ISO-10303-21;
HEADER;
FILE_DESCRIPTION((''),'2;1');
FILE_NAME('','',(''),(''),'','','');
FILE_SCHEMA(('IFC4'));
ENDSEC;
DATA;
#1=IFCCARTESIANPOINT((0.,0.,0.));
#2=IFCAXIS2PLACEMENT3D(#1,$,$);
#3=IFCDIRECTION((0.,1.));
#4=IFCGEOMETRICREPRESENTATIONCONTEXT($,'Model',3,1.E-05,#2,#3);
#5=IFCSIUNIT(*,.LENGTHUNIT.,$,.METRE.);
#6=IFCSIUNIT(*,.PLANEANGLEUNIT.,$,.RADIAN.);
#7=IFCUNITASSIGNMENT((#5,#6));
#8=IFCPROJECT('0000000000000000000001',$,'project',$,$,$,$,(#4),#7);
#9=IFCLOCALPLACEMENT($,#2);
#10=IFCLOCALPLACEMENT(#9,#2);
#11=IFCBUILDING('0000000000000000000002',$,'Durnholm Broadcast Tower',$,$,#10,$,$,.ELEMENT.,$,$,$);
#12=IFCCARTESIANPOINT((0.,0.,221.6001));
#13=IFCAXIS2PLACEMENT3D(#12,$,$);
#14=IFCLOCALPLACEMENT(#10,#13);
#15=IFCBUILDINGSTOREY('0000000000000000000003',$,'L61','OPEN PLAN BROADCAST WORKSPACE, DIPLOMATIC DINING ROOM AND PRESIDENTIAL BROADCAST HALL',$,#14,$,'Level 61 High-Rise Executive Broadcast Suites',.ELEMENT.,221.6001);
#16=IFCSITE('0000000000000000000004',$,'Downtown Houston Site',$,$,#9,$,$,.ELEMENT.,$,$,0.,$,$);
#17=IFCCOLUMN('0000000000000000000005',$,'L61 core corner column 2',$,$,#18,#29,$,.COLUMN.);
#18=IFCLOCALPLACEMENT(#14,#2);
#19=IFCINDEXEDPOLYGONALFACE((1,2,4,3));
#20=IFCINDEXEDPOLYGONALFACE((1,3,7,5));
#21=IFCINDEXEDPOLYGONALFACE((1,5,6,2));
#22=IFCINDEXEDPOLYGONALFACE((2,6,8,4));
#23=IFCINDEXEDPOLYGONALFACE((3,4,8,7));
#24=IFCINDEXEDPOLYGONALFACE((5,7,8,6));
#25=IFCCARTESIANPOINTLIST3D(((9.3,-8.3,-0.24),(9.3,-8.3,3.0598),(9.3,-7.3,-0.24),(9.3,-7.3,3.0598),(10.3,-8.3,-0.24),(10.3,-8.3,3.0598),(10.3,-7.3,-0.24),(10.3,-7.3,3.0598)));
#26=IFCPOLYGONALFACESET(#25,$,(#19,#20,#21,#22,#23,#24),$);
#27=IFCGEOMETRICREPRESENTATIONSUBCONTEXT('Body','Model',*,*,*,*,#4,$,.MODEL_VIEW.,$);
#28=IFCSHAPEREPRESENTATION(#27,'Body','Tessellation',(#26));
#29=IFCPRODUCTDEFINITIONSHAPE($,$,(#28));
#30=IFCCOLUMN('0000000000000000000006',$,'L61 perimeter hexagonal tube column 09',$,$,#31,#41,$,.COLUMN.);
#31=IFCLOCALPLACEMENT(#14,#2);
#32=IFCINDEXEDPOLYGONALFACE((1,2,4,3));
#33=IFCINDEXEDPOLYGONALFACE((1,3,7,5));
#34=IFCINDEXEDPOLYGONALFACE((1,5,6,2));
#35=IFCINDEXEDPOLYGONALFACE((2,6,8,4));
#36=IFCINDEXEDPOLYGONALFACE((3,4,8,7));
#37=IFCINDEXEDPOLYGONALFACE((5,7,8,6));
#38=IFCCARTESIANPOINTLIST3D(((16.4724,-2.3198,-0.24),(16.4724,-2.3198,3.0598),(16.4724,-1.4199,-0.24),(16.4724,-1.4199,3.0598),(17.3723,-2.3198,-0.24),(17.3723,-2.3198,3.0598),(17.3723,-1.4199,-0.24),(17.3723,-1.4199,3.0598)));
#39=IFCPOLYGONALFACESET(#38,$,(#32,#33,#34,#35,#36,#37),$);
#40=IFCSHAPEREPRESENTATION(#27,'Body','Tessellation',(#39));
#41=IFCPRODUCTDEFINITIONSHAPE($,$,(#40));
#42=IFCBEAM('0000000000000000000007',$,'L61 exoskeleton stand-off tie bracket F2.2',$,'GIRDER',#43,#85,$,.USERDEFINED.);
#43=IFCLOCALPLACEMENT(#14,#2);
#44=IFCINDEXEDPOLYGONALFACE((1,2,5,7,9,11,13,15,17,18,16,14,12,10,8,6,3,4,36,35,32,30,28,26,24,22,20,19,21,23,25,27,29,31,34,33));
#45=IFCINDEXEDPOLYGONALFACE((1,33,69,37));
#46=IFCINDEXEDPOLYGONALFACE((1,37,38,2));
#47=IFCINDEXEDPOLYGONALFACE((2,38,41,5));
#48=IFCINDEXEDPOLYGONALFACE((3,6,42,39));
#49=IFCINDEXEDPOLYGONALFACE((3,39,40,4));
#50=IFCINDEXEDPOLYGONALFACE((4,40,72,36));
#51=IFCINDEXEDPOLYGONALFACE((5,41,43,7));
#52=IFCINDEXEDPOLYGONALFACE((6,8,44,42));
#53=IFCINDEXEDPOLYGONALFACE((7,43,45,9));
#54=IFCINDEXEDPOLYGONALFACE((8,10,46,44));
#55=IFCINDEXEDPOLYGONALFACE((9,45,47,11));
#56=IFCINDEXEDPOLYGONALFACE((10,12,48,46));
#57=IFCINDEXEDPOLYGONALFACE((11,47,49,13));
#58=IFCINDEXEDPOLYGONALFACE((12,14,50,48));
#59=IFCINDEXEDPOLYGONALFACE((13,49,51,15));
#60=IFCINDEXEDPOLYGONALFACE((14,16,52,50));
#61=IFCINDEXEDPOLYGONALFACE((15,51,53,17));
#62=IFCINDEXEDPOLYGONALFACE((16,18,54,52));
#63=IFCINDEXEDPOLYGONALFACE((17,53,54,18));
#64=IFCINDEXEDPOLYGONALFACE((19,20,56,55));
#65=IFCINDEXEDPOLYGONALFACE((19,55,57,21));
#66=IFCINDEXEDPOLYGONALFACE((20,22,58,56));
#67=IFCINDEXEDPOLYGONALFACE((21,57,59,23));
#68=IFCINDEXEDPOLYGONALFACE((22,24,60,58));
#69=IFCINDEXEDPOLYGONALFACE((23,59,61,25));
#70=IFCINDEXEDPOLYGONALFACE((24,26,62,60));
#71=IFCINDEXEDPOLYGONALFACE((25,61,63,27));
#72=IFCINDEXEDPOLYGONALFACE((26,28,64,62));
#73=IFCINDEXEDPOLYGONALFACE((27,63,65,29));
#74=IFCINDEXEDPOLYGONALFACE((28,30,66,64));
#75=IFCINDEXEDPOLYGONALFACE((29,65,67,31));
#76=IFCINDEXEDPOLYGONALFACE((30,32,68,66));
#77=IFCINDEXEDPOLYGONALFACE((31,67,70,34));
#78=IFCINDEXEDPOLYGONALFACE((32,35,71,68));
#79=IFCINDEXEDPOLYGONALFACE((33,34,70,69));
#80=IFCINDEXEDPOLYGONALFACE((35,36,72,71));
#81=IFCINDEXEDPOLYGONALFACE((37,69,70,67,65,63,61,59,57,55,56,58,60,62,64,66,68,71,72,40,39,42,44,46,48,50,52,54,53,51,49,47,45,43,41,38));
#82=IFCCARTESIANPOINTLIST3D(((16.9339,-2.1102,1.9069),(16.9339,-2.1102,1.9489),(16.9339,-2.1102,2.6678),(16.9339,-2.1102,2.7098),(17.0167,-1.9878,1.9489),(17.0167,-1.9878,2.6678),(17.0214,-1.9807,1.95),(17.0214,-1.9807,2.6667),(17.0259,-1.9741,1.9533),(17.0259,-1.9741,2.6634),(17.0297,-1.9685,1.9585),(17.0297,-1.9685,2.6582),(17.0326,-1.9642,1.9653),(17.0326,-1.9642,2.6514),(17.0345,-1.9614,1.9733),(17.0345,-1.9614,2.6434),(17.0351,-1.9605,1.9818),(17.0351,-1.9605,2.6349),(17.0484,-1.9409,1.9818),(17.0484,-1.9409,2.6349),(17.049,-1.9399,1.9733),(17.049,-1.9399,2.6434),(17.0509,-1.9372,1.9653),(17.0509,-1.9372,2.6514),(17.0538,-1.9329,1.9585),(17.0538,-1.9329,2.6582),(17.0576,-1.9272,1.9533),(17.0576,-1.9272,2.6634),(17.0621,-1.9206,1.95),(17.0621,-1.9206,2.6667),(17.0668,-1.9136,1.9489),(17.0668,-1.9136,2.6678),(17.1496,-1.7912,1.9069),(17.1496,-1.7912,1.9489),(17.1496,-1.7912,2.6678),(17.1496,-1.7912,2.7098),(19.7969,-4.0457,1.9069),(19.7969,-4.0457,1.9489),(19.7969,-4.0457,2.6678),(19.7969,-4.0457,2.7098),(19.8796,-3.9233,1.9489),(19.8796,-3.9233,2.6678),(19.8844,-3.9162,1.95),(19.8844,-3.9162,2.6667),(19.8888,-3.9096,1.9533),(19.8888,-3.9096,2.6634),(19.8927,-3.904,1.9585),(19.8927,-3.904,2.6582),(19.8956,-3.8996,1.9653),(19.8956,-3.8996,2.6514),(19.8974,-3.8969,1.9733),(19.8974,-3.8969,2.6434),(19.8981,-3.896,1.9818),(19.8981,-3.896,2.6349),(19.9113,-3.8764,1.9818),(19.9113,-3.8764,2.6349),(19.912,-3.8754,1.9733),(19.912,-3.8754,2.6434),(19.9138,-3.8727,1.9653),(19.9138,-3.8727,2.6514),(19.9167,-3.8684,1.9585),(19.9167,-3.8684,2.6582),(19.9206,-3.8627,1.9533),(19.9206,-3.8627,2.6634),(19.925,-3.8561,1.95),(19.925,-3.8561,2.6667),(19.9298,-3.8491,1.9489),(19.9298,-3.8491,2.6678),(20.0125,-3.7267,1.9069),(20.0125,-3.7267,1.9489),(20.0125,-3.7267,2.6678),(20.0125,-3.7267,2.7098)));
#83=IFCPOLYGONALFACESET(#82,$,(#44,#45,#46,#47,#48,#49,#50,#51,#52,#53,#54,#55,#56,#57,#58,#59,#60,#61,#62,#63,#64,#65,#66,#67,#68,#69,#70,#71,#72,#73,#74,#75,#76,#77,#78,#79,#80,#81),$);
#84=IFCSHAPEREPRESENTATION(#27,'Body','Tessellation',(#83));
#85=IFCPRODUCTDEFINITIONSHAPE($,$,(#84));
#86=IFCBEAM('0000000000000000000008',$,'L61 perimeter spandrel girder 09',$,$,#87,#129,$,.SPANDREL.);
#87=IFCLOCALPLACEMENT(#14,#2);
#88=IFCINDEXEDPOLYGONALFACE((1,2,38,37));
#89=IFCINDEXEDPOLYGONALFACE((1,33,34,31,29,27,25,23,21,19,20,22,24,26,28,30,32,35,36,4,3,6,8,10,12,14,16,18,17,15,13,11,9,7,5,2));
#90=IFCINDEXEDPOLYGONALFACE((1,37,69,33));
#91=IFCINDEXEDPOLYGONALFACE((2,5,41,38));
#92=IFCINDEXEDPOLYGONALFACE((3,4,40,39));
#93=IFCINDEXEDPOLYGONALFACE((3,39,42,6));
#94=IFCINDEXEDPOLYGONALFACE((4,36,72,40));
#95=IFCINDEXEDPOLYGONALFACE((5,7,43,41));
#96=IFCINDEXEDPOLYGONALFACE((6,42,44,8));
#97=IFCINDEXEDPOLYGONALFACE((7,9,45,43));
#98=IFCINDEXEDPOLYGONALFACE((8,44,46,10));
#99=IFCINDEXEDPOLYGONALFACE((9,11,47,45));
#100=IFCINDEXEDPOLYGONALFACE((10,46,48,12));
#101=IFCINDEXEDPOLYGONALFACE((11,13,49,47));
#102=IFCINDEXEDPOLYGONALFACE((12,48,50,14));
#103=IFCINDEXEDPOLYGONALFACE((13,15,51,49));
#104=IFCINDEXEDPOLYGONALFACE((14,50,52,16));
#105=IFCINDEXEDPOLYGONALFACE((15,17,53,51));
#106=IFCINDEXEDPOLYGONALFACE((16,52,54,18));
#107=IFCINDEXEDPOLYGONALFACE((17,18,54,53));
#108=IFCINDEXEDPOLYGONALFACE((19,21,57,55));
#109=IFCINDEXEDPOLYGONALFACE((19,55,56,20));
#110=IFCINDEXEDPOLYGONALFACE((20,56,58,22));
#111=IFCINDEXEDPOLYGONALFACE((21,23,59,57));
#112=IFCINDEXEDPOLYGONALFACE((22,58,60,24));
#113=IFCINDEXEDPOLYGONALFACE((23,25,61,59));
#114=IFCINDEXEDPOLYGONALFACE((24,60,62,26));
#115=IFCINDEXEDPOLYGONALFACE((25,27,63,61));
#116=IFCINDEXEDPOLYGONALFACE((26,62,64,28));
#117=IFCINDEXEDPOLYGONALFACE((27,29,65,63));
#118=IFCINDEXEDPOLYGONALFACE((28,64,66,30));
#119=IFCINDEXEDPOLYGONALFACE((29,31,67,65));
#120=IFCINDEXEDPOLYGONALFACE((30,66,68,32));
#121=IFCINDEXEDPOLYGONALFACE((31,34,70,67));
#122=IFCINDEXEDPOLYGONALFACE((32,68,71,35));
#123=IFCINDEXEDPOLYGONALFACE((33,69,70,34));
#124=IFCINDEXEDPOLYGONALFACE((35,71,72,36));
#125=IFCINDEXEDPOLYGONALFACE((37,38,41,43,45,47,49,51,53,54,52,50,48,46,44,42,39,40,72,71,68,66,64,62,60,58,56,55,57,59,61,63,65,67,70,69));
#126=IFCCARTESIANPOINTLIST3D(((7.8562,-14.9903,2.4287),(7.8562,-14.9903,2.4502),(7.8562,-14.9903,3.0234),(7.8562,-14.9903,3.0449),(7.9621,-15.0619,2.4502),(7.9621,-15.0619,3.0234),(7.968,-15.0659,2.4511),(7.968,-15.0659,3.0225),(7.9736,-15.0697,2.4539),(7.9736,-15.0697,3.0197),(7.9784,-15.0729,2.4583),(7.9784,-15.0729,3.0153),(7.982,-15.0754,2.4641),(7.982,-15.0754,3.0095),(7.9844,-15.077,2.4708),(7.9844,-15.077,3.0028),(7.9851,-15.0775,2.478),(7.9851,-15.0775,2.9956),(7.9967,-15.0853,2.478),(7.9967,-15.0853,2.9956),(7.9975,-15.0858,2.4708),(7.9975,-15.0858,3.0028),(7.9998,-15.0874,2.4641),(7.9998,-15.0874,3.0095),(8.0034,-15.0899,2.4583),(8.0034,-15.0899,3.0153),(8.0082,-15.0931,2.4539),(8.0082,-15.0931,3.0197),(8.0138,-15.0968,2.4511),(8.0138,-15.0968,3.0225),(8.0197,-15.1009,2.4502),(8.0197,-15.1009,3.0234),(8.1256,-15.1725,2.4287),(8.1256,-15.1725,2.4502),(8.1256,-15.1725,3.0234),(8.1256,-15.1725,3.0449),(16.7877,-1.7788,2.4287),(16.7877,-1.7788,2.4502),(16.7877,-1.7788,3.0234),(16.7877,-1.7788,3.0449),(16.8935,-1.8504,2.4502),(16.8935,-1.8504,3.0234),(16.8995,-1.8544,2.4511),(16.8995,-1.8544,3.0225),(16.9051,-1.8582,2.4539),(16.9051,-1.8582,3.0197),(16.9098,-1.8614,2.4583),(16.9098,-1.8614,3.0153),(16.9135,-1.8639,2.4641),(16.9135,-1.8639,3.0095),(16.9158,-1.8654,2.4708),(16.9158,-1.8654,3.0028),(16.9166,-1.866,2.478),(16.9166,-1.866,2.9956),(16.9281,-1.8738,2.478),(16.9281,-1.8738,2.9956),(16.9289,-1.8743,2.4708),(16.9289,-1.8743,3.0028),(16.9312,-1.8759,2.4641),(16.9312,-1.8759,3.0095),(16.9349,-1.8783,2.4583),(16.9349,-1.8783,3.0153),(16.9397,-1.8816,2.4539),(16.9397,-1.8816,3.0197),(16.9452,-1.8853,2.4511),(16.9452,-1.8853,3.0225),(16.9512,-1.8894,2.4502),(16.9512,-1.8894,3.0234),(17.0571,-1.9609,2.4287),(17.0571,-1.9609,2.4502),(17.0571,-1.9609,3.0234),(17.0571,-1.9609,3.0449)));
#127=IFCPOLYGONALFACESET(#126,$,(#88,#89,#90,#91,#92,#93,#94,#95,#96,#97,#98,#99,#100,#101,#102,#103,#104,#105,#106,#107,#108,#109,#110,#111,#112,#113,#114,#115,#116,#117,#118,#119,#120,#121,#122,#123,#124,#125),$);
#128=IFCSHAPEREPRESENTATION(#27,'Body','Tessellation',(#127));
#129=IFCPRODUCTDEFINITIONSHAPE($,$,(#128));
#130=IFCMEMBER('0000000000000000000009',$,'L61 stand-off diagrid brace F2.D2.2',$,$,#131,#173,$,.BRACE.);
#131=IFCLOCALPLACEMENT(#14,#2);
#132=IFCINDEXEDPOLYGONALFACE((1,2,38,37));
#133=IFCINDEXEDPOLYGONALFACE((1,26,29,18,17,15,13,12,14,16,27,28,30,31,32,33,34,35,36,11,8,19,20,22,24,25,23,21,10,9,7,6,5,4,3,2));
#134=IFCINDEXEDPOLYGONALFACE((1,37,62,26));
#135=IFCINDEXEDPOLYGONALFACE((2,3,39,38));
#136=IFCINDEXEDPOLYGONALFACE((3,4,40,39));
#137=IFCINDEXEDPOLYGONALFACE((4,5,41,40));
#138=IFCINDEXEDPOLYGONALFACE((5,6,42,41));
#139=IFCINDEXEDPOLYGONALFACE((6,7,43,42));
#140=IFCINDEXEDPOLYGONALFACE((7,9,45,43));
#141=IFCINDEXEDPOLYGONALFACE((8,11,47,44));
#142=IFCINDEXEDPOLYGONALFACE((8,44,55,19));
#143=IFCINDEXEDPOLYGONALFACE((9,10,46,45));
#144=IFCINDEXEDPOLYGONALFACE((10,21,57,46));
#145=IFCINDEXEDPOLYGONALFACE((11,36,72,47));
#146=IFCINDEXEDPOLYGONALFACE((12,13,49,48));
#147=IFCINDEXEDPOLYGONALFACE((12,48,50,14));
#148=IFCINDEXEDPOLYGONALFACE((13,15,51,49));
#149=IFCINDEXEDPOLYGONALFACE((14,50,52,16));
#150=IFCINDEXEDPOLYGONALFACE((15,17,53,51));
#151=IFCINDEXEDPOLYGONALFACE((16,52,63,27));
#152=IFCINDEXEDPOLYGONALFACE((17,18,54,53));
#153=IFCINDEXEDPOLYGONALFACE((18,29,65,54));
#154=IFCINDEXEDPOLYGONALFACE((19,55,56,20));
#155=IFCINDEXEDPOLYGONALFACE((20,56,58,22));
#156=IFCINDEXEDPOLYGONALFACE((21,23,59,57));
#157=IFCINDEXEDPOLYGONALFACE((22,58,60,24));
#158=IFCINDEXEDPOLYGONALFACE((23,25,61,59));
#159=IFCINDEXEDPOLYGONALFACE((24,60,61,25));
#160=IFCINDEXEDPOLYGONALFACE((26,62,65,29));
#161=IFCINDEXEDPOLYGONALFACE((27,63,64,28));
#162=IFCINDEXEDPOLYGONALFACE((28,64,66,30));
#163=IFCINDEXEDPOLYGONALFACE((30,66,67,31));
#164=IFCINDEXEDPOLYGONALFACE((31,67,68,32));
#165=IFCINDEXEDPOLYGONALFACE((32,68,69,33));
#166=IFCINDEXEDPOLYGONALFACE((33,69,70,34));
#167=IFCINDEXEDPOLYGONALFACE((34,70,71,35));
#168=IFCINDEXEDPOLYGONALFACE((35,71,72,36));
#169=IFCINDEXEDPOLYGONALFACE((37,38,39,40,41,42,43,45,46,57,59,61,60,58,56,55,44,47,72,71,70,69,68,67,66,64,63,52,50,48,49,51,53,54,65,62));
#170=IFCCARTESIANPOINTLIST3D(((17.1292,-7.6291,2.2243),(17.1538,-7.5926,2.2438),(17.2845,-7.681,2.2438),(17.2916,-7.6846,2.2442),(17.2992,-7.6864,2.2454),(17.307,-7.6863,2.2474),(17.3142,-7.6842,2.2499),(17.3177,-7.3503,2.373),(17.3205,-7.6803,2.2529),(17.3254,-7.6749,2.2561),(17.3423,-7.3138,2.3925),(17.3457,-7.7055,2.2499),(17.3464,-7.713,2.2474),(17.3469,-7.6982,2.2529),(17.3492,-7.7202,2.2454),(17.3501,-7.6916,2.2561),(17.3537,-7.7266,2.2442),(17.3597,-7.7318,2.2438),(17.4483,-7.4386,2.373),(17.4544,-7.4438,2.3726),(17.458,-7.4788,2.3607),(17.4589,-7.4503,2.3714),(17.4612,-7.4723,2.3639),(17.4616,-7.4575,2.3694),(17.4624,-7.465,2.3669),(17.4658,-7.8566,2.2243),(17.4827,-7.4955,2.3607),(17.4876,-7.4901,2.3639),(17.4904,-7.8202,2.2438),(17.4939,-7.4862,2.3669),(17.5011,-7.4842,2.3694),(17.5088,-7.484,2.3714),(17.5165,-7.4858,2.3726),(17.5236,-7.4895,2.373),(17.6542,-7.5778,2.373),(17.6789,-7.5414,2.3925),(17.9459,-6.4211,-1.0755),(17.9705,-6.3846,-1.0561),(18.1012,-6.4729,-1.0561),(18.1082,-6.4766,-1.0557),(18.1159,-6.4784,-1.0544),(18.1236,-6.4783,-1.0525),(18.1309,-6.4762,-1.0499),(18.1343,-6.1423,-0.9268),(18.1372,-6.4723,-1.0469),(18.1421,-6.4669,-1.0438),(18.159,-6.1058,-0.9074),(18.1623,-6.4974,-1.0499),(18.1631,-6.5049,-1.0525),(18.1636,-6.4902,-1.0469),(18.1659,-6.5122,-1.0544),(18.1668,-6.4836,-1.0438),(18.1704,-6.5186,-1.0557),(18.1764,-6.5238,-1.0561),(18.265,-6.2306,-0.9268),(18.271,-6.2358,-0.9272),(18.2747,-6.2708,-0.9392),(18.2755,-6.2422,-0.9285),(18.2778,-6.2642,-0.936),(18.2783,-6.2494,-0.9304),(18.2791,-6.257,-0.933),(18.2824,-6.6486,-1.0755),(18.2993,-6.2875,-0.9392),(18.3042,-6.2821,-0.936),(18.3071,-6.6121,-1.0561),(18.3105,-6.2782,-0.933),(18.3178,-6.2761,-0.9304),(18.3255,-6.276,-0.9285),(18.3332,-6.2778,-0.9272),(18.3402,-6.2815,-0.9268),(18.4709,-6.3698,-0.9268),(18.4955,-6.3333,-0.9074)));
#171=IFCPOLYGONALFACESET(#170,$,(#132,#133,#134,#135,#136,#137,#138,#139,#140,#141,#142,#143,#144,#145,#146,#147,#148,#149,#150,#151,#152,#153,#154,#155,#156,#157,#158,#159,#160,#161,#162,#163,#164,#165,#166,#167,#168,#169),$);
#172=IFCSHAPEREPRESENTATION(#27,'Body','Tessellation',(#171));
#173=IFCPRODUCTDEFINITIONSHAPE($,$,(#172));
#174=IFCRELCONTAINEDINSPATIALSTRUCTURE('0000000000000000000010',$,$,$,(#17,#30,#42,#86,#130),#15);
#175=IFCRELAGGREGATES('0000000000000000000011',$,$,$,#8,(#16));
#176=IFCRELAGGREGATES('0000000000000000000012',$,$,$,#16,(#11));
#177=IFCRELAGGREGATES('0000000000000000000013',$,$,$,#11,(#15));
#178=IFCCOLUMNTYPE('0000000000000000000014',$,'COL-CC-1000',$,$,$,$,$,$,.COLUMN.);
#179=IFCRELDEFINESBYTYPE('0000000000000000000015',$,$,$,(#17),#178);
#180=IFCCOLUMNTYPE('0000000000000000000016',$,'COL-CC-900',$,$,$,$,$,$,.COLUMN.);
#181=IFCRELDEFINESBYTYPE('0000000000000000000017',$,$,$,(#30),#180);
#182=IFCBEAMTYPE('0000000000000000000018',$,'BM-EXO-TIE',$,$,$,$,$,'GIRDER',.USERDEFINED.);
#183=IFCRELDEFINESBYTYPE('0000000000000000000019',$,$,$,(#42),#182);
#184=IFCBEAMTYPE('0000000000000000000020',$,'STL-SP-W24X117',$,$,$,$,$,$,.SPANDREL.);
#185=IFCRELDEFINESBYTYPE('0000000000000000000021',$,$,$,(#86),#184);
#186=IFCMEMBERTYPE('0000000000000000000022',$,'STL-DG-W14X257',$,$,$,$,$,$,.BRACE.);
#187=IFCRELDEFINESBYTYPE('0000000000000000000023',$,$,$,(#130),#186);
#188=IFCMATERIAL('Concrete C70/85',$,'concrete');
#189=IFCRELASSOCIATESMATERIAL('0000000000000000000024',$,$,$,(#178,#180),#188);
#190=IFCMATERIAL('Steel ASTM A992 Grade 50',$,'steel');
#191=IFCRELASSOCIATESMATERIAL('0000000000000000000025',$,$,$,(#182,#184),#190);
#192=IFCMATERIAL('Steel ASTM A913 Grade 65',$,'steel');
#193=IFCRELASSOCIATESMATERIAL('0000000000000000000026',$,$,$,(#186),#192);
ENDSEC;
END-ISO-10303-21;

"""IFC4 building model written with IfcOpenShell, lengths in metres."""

from ifc_helpers import new_model, si_unit, direction, frame, origin, origin_2d, place, context, subcontext, project, spatial, rectangle, i_section, extrude, source, transform, mapped, material, material_profile, profile_set, type_object, type_shapes, element, save


model = new_model("IFC4")

# Units and contexts
model_context = context("Model", 3, precision=1e-05, world=origin(), true_north=direction((0.0, 1.0)))
body_context = subcontext(model_context, "Body", "Model", "MODEL_VIEW")
ifc_project = project(units=[si_unit("LENGTHUNIT", "METRE"), si_unit("PLANEANGLEUNIT", "RADIAN")], contexts=[model_context])

# Site, building, storey
site_placement = place(None, origin())
site = spatial("IfcSite", under=ifc_project, at=site_placement, Name="Downtown Houston Site", CompositionType="ELEMENT", RefElevation=0.0)
building_placement = place(site_placement, origin())
building = spatial("IfcBuilding", under=site, at=building_placement, Name="Durnholm Broadcast Tower", CompositionType="ELEMENT")
storey_placement = place(building_placement, frame((0.0, 0.0, 221.6001)))
storey = spatial("IfcBuildingStorey", under=building, at=storey_placement, Name="L61", Description="OPEN PLAN BROADCAST WORKSPACE, DIPLOMATIC DINING ROOM AND PRESIDENTIAL BROADCAST HALL", LongName="Level 61 High-Rise Executive Broadcast Suites", CompositionType="ELEMENT", Elevation=221.6001)

# Columns
ifc_material_1 = material(Name="Concrete C70/85", Category="concrete")
ifc_material_profile_1 = material_profile(ifc_material_1, rectangle(XDim=1.0, YDim=1.0, at=origin_2d()), Name="RC1000X1000")
ifc_profile_set_1 = profile_set([ifc_material_profile_1], Name="Concrete C70/85")
column_type_1 = type_object("IfcColumnType", Name="COL-CC-1000", PredefinedType="COLUMN", material=ifc_profile_set_1)
shared_shape_1 = source(origin(), body_context, "Body", "SweptSolid", [
    extrude(rectangle(XDim=1.0, YDim=1.0, at=origin_2d()), origin(), (0.0, 0.0, 1.0), 3.2998),
])
type_shapes(column_type_1, [shared_shape_1])
column_1_placement = place(storey_placement, frame((9.8, -7.8, -0.24), z_axis=(0.0, 0.0, 1.0), x_axis=(1.0, 0.0, 0.0)))
element("IfcColumn", 1, at=column_1_placement, inside=storey, type_object=column_type_1, Name="L61 core corner column 2", PredefinedType="COLUMN", context=body_context, shape_type="MappedRepresentation", body=[
    mapped(shared_shape_1, transform((0.0, 0.0, 0.0), x_axis=(1.0, 0.0, 0.0), y_axis=(0.0, 1.0, 0.0), z_axis=(0.0, 0.0, 1.0), scale=1.0)),
])
ifc_material_profile_2 = material_profile(ifc_material_1, rectangle(XDim=0.8999, YDim=0.8999, at=origin_2d()), Name="RC900X900")
ifc_profile_set_2 = profile_set([ifc_material_profile_2], Name="Concrete C70/85")
column_type_2 = type_object("IfcColumnType", Name="COL-CC-900", PredefinedType="COLUMN", material=ifc_profile_set_2)
shared_shape_2 = source(origin(), body_context, "Body", "SweptSolid", [
    extrude(rectangle(XDim=0.8999, YDim=0.8999, at=origin_2d()), origin(), (0.0, 0.0, 1.0), 3.2998),
])
type_shapes(column_type_2, [shared_shape_2])
column_2_placement = place(storey_placement, frame((16.9224, -1.8699, -0.24), z_axis=(0.0, 0.0, 1.0), x_axis=(1.0, 0.0, 0.0)))
element("IfcColumn", 2, at=column_2_placement, inside=storey, type_object=column_type_2, Name="L61 perimeter hexagonal tube column 09", PredefinedType="COLUMN", context=body_context, shape_type="MappedRepresentation", body=[
    mapped(shared_shape_2, transform((0.0, 0.0, 0.0), x_axis=(1.0, 0.0, 0.0), y_axis=(0.0, 1.0, 0.0), z_axis=(0.0, 0.0, 1.0), scale=1.0)),
])

# Beams
ifc_material_2 = material(Name="Steel ASTM A992 Grade 50", Category="steel")
ifc_material_profile_3 = material_profile(ifc_material_2, i_section(OverallWidth=0.385, OverallDepth=0.803, WebThickness=0.0237, FlangeThickness=0.042, FilletRadius=0.033, at=origin_2d()), Name="W30X261")
ifc_profile_set_3 = profile_set([ifc_material_profile_3], Name="Steel ASTM A992 Grade 50")
beam_type_1 = type_object("IfcBeamType", Name="BM-EXO-TIE", ElementType="GIRDER", PredefinedType="USERDEFINED", material=ifc_profile_set_3)
shared_shape_3 = source(origin(), body_context, "Body", "SweptSolid", [
    extrude(i_section(OverallWidth=0.385, OverallDepth=0.803, WebThickness=0.0237, FlangeThickness=0.042, FilletRadius=0.033, at=origin_2d()), origin(), (0.0, 0.0, 1.0), 3.4558),
])
type_shapes(beam_type_1, [shared_shape_3])
beam_1_placement = place(storey_placement, frame((17.0417, -1.9507, 2.3083), z_axis=(0.828446, -0.560068, 0.0), x_axis=(0.560068, 0.828446, 0.0)))
element("IfcBeam", 3, at=beam_1_placement, inside=storey, type_object=beam_type_1, Name="L61 exoskeleton stand-off tie bracket F2.2", ObjectType="GIRDER", PredefinedType="USERDEFINED", context=body_context, shape_type="MappedRepresentation", body=[
    mapped(shared_shape_3, transform((0.0, 0.0, 0.0), x_axis=(1.0, 0.0, 0.0), y_axis=(0.0, 1.0, 0.0), z_axis=(0.0, 0.0, 1.0), scale=1.0)),
])
ifc_material_profile_4 = material_profile(ifc_material_2, i_section(OverallWidth=0.3252, OverallDepth=0.6162, WebThickness=0.0139, FlangeThickness=0.0215, FilletRadius=0.0278, at=origin_2d()), Name="W24X117")
ifc_profile_set_4 = profile_set([ifc_material_profile_4], Name="Steel ASTM A992 Grade 50")
beam_type_2 = type_object("IfcBeamType", Name="STL-SP-W24X117", PredefinedType="SPANDREL", material=ifc_profile_set_4)
shared_shape_4 = source(origin(), body_context, "Body", "SweptSolid", [
    extrude(i_section(OverallWidth=0.3252, OverallDepth=0.6162, WebThickness=0.0139, FlangeThickness=0.0215, FilletRadius=0.0278, at=origin_2d()), origin(), (0.0, 0.0, 1.0), 15.9473),
])
type_shapes(beam_type_2, [shared_shape_4])
beam_2_placement = place(storey_placement, frame((16.9224, -1.8699, 2.7368), z_axis=(-0.560062, -0.828451, 0.0), x_axis=(0.828451, -0.560062, 0.0)))
element("IfcBeam", 4, at=beam_2_placement, inside=storey, type_object=beam_type_2, Name="L61 perimeter spandrel girder 09", PredefinedType="SPANDREL", context=body_context, shape_type="MappedRepresentation", body=[
    mapped(shared_shape_4, transform((0.0, 0.0, 0.0), x_axis=(1.0, 0.0, 0.0), y_axis=(0.0, 1.0, 0.0), z_axis=(0.0, 0.0, 1.0), scale=1.0)),
])

# Member
ifc_material_3 = material(Name="Steel ASTM A913 Grade 65", Category="steel")
ifc_material_profile_5 = material_profile(ifc_material_3, i_section(OverallWidth=0.4062, OverallDepth=0.416, WebThickness=0.0298, FlangeThickness=0.0481, FilletRadius=0.0305, at=origin_2d()), Name="W14X257")
ifc_profile_set_5 = profile_set([ifc_material_profile_5], Name="Steel ASTM A913 Grade 65")
member_type_1 = type_object("IfcMemberType", Name="STL-DG-W14X257", PredefinedType="BRACE", material=ifc_profile_set_5)
shared_shape_5 = source(origin(), body_context, "Body", "SweptSolid", [
    extrude(i_section(OverallWidth=0.4062, OverallDepth=0.416, WebThickness=0.0298, FlangeThickness=0.0481, FilletRadius=0.0305, at=origin_2d()), origin(), (0.0, 0.0, 1.0), 3.6077),
])
type_shapes(member_type_1, [shared_shape_5])
member_1_placement = place(storey_placement, frame((18.2207, -6.3772, -0.9915), z_axis=(-0.226368, -0.334849, 0.914677), x_axis=(0.828452, -0.560059, 0.0)))
element("IfcMember", 5, at=member_1_placement, inside=storey, type_object=member_type_1, Name="L61 stand-off diagrid brace F2.D2.2", PredefinedType="BRACE", context=body_context, shape_type="MappedRepresentation", body=[
    mapped(shared_shape_5, transform((0.0, 0.0, 0.0), x_axis=(1.0, 0.0, 0.0), y_axis=(0.0, 1.0, 0.0), z_axis=(0.0, 0.0, 1.0), scale=1.0)),
])

save(model, "model.ifc")
